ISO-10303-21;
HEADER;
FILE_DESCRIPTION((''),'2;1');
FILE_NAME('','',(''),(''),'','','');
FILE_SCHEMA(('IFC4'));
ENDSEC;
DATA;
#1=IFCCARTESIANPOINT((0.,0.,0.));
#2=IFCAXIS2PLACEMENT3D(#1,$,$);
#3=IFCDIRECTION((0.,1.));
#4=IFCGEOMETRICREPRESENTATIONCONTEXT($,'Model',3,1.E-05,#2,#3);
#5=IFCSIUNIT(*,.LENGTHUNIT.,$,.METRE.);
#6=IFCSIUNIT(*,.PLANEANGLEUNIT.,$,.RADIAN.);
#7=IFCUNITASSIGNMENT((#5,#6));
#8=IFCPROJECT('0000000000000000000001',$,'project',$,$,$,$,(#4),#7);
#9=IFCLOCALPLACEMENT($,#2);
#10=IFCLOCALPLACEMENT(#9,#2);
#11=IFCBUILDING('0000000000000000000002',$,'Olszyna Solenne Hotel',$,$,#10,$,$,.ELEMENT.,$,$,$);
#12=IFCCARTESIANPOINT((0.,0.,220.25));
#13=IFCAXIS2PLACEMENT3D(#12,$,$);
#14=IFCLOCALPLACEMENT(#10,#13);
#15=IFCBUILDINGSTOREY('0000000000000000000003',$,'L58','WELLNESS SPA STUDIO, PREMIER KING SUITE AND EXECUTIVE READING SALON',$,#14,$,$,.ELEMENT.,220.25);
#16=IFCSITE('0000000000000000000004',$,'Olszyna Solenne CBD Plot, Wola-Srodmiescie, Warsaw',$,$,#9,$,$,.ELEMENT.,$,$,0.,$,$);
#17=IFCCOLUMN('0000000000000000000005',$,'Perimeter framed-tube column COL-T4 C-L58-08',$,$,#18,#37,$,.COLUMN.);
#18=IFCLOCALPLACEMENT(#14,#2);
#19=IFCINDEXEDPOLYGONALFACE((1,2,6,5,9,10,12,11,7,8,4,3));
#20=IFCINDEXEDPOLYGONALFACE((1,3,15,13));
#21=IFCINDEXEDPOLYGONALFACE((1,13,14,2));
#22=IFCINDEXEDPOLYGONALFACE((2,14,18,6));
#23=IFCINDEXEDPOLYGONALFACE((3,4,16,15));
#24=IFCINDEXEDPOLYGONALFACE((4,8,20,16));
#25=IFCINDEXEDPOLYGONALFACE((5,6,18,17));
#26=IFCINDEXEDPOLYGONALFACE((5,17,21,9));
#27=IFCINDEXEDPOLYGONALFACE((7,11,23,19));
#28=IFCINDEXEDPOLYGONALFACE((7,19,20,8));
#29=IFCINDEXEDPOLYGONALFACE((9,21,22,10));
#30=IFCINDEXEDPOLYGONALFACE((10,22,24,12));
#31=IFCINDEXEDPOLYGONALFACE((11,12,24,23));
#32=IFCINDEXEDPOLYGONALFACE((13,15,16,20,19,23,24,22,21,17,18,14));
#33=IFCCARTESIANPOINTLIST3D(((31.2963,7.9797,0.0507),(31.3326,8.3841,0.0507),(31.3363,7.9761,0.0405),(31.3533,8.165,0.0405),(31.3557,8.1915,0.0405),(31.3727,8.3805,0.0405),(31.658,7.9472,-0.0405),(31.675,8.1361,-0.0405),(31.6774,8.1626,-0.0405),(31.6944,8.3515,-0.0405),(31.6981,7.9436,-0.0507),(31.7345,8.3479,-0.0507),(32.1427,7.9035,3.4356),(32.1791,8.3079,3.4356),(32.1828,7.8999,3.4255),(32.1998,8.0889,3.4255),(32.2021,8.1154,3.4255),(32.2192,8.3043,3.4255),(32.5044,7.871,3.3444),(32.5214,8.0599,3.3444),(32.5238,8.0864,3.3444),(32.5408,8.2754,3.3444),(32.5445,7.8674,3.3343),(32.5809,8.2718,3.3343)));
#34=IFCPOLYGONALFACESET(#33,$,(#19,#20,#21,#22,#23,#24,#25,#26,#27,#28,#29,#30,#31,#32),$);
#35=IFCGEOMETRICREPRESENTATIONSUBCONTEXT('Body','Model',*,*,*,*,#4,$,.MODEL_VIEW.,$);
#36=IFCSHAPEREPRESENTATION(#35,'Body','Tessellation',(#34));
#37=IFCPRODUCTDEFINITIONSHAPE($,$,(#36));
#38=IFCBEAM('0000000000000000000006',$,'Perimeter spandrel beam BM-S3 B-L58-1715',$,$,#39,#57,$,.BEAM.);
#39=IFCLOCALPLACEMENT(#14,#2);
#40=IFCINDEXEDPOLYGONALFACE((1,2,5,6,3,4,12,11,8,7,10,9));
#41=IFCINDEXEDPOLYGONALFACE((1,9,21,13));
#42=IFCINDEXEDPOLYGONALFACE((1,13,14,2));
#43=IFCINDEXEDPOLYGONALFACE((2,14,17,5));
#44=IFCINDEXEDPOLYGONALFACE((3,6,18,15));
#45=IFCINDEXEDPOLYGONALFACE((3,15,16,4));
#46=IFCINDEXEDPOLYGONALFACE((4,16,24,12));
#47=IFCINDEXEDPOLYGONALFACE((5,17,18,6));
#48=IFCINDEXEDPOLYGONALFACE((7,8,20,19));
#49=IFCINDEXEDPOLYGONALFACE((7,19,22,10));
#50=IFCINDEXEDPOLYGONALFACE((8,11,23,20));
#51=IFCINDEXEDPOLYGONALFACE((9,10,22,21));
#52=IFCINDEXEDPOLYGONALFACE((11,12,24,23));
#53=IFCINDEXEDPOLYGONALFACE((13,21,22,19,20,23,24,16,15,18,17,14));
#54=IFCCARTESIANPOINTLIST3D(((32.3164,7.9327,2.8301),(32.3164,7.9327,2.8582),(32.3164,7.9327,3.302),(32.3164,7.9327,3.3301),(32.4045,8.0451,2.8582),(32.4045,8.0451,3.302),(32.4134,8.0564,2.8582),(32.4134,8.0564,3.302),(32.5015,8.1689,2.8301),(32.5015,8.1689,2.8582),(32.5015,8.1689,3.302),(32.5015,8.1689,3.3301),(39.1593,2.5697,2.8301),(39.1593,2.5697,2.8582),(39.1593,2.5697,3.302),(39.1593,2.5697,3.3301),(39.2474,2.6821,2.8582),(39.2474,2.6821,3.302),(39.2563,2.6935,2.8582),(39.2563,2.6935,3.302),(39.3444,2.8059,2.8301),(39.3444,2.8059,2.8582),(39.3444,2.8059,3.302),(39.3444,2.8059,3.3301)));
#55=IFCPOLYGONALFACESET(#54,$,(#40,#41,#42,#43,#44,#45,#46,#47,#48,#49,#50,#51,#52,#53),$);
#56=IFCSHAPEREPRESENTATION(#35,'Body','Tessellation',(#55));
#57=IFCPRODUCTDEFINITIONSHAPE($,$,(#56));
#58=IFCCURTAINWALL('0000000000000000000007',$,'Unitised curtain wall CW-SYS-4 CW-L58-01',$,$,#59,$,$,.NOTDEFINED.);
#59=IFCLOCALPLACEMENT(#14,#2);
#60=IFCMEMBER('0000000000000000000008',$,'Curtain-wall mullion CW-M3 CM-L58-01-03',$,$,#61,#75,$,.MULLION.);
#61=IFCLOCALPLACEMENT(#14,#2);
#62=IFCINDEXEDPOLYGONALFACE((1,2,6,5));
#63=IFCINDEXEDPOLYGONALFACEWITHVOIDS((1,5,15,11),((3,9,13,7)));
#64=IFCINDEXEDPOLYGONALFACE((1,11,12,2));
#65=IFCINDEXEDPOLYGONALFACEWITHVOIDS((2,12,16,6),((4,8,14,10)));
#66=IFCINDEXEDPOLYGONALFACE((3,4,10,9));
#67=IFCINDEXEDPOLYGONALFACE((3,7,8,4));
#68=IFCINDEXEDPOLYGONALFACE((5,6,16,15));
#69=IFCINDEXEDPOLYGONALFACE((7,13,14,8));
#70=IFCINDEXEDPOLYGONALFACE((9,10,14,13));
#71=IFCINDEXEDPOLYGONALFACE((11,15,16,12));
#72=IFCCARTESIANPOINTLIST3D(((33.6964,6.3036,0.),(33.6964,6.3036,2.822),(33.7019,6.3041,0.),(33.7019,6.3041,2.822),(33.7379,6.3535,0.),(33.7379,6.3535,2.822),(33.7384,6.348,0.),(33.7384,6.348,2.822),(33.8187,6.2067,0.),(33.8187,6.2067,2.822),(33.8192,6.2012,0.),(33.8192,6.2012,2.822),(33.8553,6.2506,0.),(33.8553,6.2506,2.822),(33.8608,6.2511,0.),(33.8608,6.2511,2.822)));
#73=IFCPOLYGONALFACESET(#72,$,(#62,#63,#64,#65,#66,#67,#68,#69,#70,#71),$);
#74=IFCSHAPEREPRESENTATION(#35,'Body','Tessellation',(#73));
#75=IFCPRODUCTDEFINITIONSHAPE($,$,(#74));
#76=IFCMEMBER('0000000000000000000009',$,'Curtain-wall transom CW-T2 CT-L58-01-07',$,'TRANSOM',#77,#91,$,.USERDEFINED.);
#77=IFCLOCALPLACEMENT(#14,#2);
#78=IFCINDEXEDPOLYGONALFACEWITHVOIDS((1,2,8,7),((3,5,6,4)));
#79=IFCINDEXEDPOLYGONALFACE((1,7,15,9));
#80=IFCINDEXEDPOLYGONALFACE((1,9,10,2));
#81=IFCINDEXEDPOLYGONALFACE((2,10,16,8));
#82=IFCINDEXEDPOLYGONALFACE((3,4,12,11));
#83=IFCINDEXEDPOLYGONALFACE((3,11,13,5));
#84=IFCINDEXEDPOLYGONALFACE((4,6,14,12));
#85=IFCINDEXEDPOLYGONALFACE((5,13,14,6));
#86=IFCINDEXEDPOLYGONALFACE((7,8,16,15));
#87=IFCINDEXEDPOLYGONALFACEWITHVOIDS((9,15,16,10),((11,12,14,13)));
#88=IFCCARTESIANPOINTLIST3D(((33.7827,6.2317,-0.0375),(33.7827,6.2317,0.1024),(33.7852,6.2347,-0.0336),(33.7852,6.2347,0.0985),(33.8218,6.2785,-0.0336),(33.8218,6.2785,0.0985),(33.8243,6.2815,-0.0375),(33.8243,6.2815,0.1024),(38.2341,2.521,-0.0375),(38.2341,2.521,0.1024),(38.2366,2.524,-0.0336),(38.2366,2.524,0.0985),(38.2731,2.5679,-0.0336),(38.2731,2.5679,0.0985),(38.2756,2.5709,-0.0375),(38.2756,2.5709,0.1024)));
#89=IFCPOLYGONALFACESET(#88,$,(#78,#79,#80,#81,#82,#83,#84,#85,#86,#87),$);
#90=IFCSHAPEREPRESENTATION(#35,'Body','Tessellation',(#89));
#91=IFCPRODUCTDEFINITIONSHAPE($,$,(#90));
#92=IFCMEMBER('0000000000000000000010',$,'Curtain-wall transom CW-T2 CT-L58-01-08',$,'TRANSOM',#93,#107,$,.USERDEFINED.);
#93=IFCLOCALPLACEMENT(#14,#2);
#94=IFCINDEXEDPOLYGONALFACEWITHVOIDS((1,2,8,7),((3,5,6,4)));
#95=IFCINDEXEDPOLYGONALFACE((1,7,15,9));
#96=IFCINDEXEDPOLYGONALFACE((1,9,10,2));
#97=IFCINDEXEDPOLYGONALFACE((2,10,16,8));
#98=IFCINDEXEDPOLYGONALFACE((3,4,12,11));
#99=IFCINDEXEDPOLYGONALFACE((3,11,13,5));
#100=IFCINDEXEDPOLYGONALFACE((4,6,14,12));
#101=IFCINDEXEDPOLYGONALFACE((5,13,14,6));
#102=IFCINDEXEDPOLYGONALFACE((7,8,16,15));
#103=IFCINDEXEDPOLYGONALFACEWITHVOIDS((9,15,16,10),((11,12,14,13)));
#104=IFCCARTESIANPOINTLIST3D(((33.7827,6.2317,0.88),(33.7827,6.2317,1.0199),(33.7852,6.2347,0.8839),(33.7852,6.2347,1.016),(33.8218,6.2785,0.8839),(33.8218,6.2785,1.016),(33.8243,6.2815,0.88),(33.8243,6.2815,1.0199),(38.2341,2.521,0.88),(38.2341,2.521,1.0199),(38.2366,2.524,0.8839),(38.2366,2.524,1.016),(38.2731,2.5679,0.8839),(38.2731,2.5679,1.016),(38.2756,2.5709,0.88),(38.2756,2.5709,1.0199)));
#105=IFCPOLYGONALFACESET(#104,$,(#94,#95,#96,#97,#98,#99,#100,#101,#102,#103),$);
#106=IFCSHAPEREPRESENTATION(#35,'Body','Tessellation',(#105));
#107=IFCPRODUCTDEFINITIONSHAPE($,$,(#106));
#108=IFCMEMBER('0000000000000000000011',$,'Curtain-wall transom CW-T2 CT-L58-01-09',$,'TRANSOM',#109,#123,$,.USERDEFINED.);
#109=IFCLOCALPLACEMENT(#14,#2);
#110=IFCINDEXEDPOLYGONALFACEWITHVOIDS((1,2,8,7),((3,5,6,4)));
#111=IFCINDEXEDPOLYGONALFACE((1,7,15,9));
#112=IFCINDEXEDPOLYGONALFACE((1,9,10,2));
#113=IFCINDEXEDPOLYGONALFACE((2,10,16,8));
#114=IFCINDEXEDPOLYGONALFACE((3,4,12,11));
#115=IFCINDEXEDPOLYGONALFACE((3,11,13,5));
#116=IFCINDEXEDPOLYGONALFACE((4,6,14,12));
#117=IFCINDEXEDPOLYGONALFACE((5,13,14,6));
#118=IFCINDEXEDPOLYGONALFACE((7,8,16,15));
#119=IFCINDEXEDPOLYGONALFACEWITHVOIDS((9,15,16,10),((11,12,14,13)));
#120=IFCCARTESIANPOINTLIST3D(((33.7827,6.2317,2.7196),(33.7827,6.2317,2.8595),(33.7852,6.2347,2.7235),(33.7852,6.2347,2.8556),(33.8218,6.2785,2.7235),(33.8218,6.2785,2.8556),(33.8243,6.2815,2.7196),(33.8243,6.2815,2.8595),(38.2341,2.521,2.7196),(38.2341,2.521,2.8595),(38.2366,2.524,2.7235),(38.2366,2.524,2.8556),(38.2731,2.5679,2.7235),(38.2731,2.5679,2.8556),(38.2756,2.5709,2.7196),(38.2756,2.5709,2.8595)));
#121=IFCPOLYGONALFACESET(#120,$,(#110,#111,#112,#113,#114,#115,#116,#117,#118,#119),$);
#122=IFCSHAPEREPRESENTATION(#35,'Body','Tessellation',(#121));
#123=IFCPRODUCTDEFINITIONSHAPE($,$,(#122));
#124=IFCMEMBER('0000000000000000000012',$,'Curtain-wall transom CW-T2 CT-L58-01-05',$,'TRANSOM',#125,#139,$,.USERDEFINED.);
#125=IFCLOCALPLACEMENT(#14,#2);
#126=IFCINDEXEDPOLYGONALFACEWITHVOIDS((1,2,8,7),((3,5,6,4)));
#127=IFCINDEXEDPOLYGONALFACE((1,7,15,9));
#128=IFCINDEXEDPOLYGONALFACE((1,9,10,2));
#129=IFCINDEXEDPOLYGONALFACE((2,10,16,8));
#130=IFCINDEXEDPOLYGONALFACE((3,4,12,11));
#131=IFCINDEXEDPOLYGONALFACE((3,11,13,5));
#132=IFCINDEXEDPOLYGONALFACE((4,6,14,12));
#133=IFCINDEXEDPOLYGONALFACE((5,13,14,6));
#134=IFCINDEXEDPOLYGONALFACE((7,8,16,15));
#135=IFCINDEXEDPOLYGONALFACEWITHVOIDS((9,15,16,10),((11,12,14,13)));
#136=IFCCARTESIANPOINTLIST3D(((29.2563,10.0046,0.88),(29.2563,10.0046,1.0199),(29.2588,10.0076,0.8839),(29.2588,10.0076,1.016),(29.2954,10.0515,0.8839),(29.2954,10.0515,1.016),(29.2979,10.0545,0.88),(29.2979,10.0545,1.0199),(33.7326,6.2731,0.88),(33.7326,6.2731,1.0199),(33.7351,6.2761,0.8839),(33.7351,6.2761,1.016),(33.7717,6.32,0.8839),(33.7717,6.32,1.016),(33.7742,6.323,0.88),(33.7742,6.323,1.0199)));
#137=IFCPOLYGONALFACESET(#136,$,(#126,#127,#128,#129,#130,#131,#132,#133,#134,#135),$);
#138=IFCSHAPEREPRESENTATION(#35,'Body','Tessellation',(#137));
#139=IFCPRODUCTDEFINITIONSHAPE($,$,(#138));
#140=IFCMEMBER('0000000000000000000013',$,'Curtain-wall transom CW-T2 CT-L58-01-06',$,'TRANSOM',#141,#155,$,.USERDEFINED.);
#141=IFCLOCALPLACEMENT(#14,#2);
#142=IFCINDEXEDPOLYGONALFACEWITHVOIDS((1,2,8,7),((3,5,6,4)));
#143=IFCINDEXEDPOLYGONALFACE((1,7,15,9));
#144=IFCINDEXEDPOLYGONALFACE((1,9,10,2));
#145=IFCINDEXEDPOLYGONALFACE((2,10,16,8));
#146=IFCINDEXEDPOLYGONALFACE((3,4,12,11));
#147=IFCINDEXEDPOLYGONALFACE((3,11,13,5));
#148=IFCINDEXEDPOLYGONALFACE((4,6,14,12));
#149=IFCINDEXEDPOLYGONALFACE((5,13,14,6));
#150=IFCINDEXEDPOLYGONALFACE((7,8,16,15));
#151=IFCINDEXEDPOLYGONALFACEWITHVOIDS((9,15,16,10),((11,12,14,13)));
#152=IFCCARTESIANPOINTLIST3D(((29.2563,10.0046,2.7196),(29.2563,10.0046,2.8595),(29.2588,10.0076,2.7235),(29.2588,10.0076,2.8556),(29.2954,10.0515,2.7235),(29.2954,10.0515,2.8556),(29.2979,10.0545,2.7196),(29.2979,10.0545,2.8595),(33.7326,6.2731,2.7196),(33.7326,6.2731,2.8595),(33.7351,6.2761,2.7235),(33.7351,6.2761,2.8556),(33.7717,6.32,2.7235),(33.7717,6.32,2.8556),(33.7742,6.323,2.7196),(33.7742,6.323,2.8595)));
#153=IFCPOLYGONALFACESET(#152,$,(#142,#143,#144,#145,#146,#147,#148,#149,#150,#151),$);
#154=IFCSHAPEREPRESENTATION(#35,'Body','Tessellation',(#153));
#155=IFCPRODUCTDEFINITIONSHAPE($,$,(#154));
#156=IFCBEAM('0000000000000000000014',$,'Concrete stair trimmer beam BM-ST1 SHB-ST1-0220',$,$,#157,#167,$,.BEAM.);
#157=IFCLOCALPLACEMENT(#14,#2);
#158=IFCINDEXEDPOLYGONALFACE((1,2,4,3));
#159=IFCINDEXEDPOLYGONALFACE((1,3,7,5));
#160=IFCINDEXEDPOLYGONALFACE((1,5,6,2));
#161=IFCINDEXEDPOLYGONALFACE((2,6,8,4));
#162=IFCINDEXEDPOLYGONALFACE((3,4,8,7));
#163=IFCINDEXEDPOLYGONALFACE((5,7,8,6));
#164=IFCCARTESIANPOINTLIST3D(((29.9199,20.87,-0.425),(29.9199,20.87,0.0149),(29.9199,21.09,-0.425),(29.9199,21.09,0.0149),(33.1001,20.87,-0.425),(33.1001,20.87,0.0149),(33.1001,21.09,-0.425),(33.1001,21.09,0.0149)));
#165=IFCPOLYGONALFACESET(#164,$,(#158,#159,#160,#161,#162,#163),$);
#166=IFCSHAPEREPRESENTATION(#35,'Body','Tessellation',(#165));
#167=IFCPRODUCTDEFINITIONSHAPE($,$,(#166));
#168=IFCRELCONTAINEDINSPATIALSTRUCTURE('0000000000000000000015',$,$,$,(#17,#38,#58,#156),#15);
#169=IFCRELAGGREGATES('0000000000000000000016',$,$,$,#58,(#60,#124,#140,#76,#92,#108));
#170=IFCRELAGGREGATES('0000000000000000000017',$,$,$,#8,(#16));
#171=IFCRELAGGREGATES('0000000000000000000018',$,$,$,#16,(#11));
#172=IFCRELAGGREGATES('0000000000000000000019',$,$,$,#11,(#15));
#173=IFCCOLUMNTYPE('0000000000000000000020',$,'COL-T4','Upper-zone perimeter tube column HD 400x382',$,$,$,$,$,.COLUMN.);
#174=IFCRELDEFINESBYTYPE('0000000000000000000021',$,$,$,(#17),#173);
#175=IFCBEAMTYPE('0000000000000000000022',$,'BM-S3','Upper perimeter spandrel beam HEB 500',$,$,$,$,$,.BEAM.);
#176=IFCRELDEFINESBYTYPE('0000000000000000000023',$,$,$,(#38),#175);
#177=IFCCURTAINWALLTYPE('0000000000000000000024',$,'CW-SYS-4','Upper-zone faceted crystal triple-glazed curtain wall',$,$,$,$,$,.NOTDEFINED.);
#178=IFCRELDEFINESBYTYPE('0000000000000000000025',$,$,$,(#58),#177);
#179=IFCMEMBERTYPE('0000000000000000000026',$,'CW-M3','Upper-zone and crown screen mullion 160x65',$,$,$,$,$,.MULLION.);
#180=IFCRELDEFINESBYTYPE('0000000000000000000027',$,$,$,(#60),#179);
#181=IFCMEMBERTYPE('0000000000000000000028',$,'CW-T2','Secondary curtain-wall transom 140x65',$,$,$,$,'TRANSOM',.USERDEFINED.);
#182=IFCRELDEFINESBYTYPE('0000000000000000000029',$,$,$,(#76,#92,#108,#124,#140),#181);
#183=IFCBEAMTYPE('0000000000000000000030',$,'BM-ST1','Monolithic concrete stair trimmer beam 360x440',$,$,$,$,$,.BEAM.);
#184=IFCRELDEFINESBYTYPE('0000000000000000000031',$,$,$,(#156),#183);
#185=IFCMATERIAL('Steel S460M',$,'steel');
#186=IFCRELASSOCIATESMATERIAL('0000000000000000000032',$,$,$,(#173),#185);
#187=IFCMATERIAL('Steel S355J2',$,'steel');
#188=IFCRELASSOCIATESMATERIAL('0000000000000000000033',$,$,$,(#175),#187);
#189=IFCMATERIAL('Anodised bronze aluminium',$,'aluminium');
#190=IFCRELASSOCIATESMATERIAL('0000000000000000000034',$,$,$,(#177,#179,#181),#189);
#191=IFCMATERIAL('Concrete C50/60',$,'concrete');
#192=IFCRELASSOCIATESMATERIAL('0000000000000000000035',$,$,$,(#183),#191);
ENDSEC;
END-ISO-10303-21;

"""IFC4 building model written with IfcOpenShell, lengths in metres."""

from ifc_helpers import new_model, si_unit, direction, frame, origin, origin_2d, place, context, subcontext, project, spatial, rectangle, hollow_rectangle, i_section, extrude, source, transform, mapped, material, material_profile, profile_set, type_object, element, aggregate, save


model = new_model("IFC4")

# Units and contexts
model_context = context("Model", 3, precision=1e-05, world=origin(), true_north=direction((0.0, 1.0)))
body_context = subcontext(model_context, "Body", "Model", "MODEL_VIEW")
ifc_project = project(units=[si_unit("LENGTHUNIT", "METRE"), si_unit("PLANEANGLEUNIT", "RADIAN")], contexts=[model_context])

# Site, building, storey
site_placement = place(None, origin())
site = spatial("IfcSite", under=ifc_project, at=site_placement, Name="Olszyna Solenne CBD Plot, Wola-Srodmiescie, Warsaw", CompositionType="ELEMENT", RefElevation=0.0)
building_placement = place(site_placement, origin())
building = spatial("IfcBuilding", under=site, at=building_placement, Name="Olszyna Solenne Hotel", CompositionType="ELEMENT")
storey_placement = place(building_placement, frame((0.0, 0.0, 220.25)))
storey = spatial("IfcBuildingStorey", under=building, at=storey_placement, Name="L58", Description="WELLNESS SPA STUDIO, PREMIER KING SUITE AND EXECUTIVE READING SALON", CompositionType="ELEMENT", Elevation=220.25)

# Column
ifc_material_1 = material(Name="Steel S460M", Category="steel")
ifc_material_profile_1 = material_profile(ifc_material_1, i_section(OverallWidth=0.406, OverallDepth=0.416, WebThickness=0.0266, FlangeThickness=0.0415, at=origin_2d()), Name="HD 400x382", Category="load-bearing")
ifc_profile_set_1 = profile_set([ifc_material_profile_1], Name="Steel S460M")
column_type = type_object("IfcColumnType", Name="COL-T4", Description="Upper-zone perimeter tube column HD 400x382", PredefinedType="COLUMN", material=ifc_profile_set_1)
shared_shape_1 = source(origin(), body_context, "Body", "SweptSolid", [
    extrude(i_section(OverallWidth=0.406, OverallDepth=0.416, WebThickness=0.0266, FlangeThickness=0.0415, at=origin_2d()), origin(), (0.0, 0.0, 1.0), 3.49),
])
column_placement = place(storey_placement, frame((31.5154, 8.1638, 0.0), z_axis=(0.242527, -0.021825, 0.969899), x_axis=(0.089629, 0.995975, 0.0)))
element("IfcColumn", 1, at=column_placement, inside=storey, type_object=column_type, Name="Perimeter framed-tube column COL-T4 C-L58-08", PredefinedType="COLUMN", context=body_context, shape_type="MappedRepresentation", body=[
    mapped(shared_shape_1, transform((0.0, 0.0, 0.0), x_axis=(1.0, 0.0, 0.0), y_axis=(0.0, 1.0, 0.0), z_axis=(0.0, 0.0, 1.0), scale=1.0)),
])

# Beam
ifc_material_2 = material(Name="Steel S355J2", Category="steel")
ifc_material_profile_2 = material_profile(ifc_material_2, i_section(OverallWidth=0.3, OverallDepth=0.5, WebThickness=0.0144, FlangeThickness=0.0281, at=origin_2d()), Name="HEB 500", Category="load-bearing")
ifc_profile_set_2 = profile_set([ifc_material_profile_2], Name="Steel S355J2")
beam_type_1 = type_object("IfcBeamType", Name="BM-S3", Description="Upper perimeter spandrel beam HEB 500", PredefinedType="BEAM", material=ifc_profile_set_2)
shared_shape_2 = source(origin(), body_context, "Body", "SweptSolid", [
    extrude(i_section(OverallWidth=0.3, OverallDepth=0.5, WebThickness=0.0144, FlangeThickness=0.0281, at=origin_2d()), origin(), (0.0, 0.0, 1.0), 8.6941),
])
beam_1_placement = place(storey_placement, frame((32.4089, 8.0508, 3.0801), z_axis=(0.787079, -0.616853, 0.0), x_axis=(0.616853, 0.787079, 0.0)))
element("IfcBeam", 2, at=beam_1_placement, inside=storey, type_object=beam_type_1, Name="Perimeter spandrel beam BM-S3 B-L58-1715", PredefinedType="BEAM", context=body_context, shape_type="MappedRepresentation", body=[
    mapped(shared_shape_2, transform((0.0, 0.0, 0.0), x_axis=(1.0, 0.0, 0.0), y_axis=(0.0, 1.0, 0.0), z_axis=(0.0, 0.0, 1.0), scale=1.0)),
])

# Curtain wall, members
ifc_material_3 = material(Name="Anodised bronze aluminium", Category="aluminium")
curtain_wall_type = type_object("IfcCurtainWallType", Name="CW-SYS-4", Description="Upper-zone faceted crystal triple-glazed curtain wall", PredefinedType="NOTDEFINED", material=ifc_material_3)
curtain_wall_placement = place(storey_placement, origin())
curtain_wall = element("IfcCurtainWall", 3, at=curtain_wall_placement, inside=storey, type_object=curtain_wall_type, Name="Unitised curtain wall CW-SYS-4 CW-L58-01", PredefinedType="NOTDEFINED")
ifc_material_profile_3 = material_profile(ifc_material_3, hollow_rectangle(XDim=0.0649, YDim=0.1599, WallThickness=0.0039, at=origin_2d()), Name="MULL 160x65x4", Category="load-bearing")
ifc_profile_set_3 = profile_set([ifc_material_profile_3], Name="Anodised bronze aluminium")
member_type_1 = type_object("IfcMemberType", Name="CW-M3", Description="Upper-zone and crown screen mullion 160x65", PredefinedType="MULLION", material=ifc_profile_set_3)
shared_shape_3 = source(origin(), body_context, "Body", "SweptSolid", [
    extrude(hollow_rectangle(XDim=0.0649, YDim=0.1599, WallThickness=0.0039, at=origin_2d()), origin(), (0.0, 0.0, 1.0), 2.822),
])
member_1_placement = place(storey_placement, frame((33.7786, 6.2773, 0.0), z_axis=(0.0, 0.0, 1.0), x_axis=(0.640281, 0.768141, 0.0)))
member_1 = element("IfcMember", 4, at=member_1_placement, type_object=member_type_1, Name="Curtain-wall mullion CW-M3 CM-L58-01-03", PredefinedType="MULLION", context=body_context, shape_type="MappedRepresentation", body=[
    mapped(shared_shape_3, transform((0.0, 0.0, 0.0), x_axis=(1.0, 0.0, 0.0), y_axis=(0.0, 1.0, 0.0), z_axis=(0.0, 0.0, 1.0), scale=1.0)),
])
ifc_material_profile_4 = material_profile(ifc_material_3, hollow_rectangle(XDim=0.0649, YDim=0.1399, WallThickness=0.0039, at=origin_2d()), Name="TRAN 140x65x4", Category="load-bearing")
ifc_profile_set_4 = profile_set([ifc_material_profile_4], Name="Anodised bronze aluminium")
member_type_2 = type_object("IfcMemberType", Name="CW-T2", Description="Secondary curtain-wall transom 140x65", ElementType="TRANSOM", PredefinedType="USERDEFINED", material=ifc_profile_set_4)
shared_shape_4 = source(origin(), body_context, "Body", "SweptSolid", [
    extrude(hollow_rectangle(XDim=0.0649, YDim=0.1399, WallThickness=0.0039, at=origin_2d()), origin(), (0.0, 0.0, 1.0), 5.7952),
])
member_2_placement = place(storey_placement, frame((33.8035, 6.2566, 0.0325), z_axis=(0.768121, -0.640305, 0.0), x_axis=(0.640305, 0.768121, 0.0)))
member_2 = element("IfcMember", 5, at=member_2_placement, type_object=member_type_2, Name="Curtain-wall transom CW-T2 CT-L58-01-07", ObjectType="TRANSOM", PredefinedType="USERDEFINED", context=body_context, shape_type="MappedRepresentation", body=[
    mapped(shared_shape_4, transform((0.0, 0.0, 0.0), x_axis=(1.0, 0.0, 0.0), y_axis=(0.0, 1.0, 0.0), z_axis=(0.0, 0.0, 1.0), scale=1.0)),
])
member_3_placement = place(storey_placement, frame((33.8035, 6.2566, 0.95), z_axis=(0.768121, -0.640305, 0.0), x_axis=(0.640305, 0.768121, 0.0)))
member_3 = element("IfcMember", 6, at=member_3_placement, type_object=member_type_2, Name="Curtain-wall transom CW-T2 CT-L58-01-08", ObjectType="TRANSOM", PredefinedType="USERDEFINED", context=body_context, shape_type="MappedRepresentation", body=[
    mapped(shared_shape_4, transform((0.0, 0.0, 0.0), x_axis=(1.0, 0.0, 0.0), y_axis=(0.0, 1.0, 0.0), z_axis=(0.0, 0.0, 1.0), scale=1.0)),
])
member_4_placement = place(storey_placement, frame((33.8035, 6.2566, 2.7896), z_axis=(0.768121, -0.640305, 0.0), x_axis=(0.640305, 0.768121, 0.0)))
member_4 = element("IfcMember", 7, at=member_4_placement, type_object=member_type_2, Name="Curtain-wall transom CW-T2 CT-L58-01-09", ObjectType="TRANSOM", PredefinedType="USERDEFINED", context=body_context, shape_type="MappedRepresentation", body=[
    mapped(shared_shape_4, transform((0.0, 0.0, 0.0), x_axis=(1.0, 0.0, 0.0), y_axis=(0.0, 1.0, 0.0), z_axis=(0.0, 0.0, 1.0), scale=1.0)),
])
shared_shape_5 = source(origin(), body_context, "Body", "SweptSolid", [
    extrude(hollow_rectangle(XDim=0.0649, YDim=0.1399, WallThickness=0.0039, at=origin_2d()), origin(), (0.0, 0.0, 1.0), 5.8276),
])
member_5_placement = place(storey_placement, frame((29.2771, 10.0295, 0.95), z_axis=(0.768122, -0.640304, 0.0), x_axis=(0.640304, 0.768122, 0.0)))
member_5 = element("IfcMember", 8, at=member_5_placement, type_object=member_type_2, Name="Curtain-wall transom CW-T2 CT-L58-01-05", ObjectType="TRANSOM", PredefinedType="USERDEFINED", context=body_context, shape_type="MappedRepresentation", body=[
    mapped(shared_shape_5, transform((0.0, 0.0, 0.0), x_axis=(1.0, 0.0, 0.0), y_axis=(0.0, 1.0, 0.0), z_axis=(0.0, 0.0, 1.0), scale=1.0)),
])
member_6_placement = place(storey_placement, frame((29.2771, 10.0295, 2.7896), z_axis=(0.768122, -0.640304, 0.0), x_axis=(0.640304, 0.768122, 0.0)))
member_6 = element("IfcMember", 9, at=member_6_placement, type_object=member_type_2, Name="Curtain-wall transom CW-T2 CT-L58-01-06", ObjectType="TRANSOM", PredefinedType="USERDEFINED", context=body_context, shape_type="MappedRepresentation", body=[
    mapped(shared_shape_5, transform((0.0, 0.0, 0.0), x_axis=(1.0, 0.0, 0.0), y_axis=(0.0, 1.0, 0.0), z_axis=(0.0, 0.0, 1.0), scale=1.0)),
])

# Beam
ifc_material_4 = material(Name="Concrete C50/60", Category="concrete")
ifc_material_profile_5 = material_profile(ifc_material_4, rectangle(XDim=0.22, YDim=0.4399, at=origin_2d()), Name="RC 220x440", Category="load-bearing")
ifc_profile_set_5 = profile_set([ifc_material_profile_5], Name="Concrete C50/60")
beam_type_2 = type_object("IfcBeamType", Name="BM-ST1", Description="Monolithic concrete stair trimmer beam 360x440", PredefinedType="BEAM", material=ifc_profile_set_5)
shared_shape_6 = source(origin(), body_context, "Body", "SweptSolid", [
    extrude(rectangle(XDim=0.22, YDim=0.4399, at=origin_2d()), origin(), (0.0, 0.0, 1.0), 3.1802),
])
beam_2_placement = place(storey_placement, frame((33.1001, 20.98, -0.2051), z_axis=(-1.0, 0.0, 0.0), x_axis=(0.0, -1.0, 0.0)))
element("IfcBeam", 10, at=beam_2_placement, inside=storey, type_object=beam_type_2, Name="Concrete stair trimmer beam BM-ST1 SHB-ST1-0220", PredefinedType="BEAM", context=body_context, shape_type="MappedRepresentation", body=[
    mapped(shared_shape_6, transform((0.0, 0.0, 0.0), x_axis=(1.0, 0.0, 0.0), y_axis=(0.0, 1.0, 0.0), z_axis=(0.0, 0.0, 1.0), scale=1.0)),
])

aggregate(curtain_wall, [member_1, member_5, member_6, member_2, member_3, member_4])

save(model, "model.ifc")
